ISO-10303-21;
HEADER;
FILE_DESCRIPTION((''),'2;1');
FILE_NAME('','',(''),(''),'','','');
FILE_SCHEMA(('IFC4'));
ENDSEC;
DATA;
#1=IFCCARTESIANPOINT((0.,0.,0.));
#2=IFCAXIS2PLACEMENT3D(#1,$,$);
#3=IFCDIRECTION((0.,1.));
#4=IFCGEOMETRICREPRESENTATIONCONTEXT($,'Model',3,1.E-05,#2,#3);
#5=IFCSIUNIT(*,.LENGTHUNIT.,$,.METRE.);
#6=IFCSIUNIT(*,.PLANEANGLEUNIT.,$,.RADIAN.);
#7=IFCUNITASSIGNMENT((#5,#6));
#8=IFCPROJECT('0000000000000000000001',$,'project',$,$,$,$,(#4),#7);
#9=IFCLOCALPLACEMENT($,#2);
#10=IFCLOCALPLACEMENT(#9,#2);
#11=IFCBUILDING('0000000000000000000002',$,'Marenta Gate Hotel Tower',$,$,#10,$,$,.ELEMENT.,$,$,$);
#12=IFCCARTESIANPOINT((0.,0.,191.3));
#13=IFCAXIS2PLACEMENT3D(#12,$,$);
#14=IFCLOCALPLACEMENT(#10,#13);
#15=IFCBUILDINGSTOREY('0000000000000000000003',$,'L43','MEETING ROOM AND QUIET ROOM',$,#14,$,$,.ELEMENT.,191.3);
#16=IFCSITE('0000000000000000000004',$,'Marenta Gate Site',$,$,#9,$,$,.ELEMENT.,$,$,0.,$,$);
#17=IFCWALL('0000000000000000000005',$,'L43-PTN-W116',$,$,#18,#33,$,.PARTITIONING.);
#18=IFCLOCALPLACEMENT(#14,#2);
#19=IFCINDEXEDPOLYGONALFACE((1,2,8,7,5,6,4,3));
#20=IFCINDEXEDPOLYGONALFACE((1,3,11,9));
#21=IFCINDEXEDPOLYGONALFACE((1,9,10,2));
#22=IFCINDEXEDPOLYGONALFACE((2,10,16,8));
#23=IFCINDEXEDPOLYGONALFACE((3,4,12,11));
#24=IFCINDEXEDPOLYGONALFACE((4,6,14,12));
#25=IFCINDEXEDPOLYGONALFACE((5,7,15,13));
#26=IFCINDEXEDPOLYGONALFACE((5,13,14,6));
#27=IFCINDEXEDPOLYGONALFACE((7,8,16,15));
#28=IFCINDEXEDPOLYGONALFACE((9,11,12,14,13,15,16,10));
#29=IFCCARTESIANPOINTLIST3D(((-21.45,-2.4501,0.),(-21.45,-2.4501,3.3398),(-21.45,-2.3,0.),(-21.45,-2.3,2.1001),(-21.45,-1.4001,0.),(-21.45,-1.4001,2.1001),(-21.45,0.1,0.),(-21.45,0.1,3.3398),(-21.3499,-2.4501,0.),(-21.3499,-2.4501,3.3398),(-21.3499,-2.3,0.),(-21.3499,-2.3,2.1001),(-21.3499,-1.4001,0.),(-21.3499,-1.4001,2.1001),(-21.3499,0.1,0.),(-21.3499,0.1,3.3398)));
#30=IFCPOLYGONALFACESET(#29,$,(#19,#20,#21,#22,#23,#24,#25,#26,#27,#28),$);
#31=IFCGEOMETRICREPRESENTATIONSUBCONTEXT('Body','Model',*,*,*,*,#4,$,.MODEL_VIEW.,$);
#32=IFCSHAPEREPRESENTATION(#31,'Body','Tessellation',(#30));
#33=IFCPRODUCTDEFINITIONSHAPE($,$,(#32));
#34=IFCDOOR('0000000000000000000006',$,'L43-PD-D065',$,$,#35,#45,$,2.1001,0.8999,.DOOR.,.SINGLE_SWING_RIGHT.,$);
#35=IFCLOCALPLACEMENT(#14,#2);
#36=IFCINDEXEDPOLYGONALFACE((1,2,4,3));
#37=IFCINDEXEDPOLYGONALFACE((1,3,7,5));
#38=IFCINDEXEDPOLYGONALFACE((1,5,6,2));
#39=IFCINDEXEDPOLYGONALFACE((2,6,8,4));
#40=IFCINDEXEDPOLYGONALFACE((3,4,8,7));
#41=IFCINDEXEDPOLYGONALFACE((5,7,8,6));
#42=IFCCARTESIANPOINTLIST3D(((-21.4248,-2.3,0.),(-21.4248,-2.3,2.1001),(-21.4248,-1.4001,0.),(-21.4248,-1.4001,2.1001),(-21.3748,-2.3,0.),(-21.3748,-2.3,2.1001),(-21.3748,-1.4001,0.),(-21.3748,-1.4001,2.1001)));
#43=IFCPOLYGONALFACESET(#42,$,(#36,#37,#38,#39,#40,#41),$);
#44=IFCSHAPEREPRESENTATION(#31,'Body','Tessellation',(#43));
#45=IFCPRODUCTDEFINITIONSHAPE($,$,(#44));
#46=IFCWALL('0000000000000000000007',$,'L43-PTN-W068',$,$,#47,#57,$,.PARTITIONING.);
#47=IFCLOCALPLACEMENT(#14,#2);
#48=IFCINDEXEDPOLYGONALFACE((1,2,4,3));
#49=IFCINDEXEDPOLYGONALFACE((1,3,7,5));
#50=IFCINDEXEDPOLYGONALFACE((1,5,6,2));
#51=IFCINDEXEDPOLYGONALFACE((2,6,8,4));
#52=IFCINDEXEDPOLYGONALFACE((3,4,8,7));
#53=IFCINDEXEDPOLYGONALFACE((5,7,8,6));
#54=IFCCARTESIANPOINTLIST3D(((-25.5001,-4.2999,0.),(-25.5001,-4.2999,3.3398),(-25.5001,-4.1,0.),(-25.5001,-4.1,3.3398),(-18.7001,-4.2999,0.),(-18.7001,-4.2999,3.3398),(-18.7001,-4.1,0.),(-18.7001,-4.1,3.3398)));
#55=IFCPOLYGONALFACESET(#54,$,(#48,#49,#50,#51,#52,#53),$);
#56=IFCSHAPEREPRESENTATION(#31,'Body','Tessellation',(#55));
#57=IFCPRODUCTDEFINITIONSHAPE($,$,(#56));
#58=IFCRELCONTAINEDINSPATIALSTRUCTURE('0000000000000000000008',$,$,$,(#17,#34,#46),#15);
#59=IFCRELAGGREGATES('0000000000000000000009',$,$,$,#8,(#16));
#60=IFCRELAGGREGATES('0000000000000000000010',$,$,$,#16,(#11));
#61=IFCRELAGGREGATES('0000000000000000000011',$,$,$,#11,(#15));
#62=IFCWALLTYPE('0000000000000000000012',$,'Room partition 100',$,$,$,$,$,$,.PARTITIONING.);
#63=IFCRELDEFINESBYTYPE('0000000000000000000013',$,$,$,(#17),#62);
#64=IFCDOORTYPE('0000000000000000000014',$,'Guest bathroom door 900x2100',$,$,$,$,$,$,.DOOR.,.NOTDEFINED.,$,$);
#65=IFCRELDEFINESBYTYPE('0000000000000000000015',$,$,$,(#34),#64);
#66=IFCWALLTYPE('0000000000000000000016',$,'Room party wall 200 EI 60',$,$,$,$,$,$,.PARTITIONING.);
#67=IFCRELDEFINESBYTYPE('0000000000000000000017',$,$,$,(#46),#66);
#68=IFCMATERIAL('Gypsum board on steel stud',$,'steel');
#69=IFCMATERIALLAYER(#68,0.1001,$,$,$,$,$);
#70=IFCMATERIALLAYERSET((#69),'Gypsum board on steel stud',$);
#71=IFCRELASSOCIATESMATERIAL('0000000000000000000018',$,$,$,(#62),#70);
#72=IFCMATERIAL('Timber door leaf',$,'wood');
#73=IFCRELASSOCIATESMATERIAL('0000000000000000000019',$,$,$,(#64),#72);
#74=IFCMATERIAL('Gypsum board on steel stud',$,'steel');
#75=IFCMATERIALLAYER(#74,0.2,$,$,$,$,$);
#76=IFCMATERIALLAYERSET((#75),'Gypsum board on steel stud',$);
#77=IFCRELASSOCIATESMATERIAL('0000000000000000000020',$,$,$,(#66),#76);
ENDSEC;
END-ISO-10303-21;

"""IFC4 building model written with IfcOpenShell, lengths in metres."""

from ifc_helpers import new_model, si_unit, direction, frame, frame_2d, origin, place, context, subcontext, project, spatial, rectangle, extrude, material, layer, layer_set, type_object, element, fill, save


model = new_model("IFC4")

# Units and contexts
model_context = context("Model", 3, precision=1e-05, world=origin(), true_north=direction((0.0, 1.0)))
body_context = subcontext(model_context, "Body", "Model", "MODEL_VIEW")
ifc_project = project(units=[si_unit("LENGTHUNIT", "METRE"), si_unit("PLANEANGLEUNIT", "RADIAN")], contexts=[model_context])

# Site, building, storey
site_placement = place(None, origin())
site = spatial("IfcSite", under=ifc_project, at=site_placement, Name="Marenta Gate Site", CompositionType="ELEMENT", RefElevation=0.0)
building_placement = place(site_placement, origin())
building = spatial("IfcBuilding", under=site, at=building_placement, Name="Marenta Gate Hotel Tower", CompositionType="ELEMENT")
storey_placement = place(building_placement, frame((0.0, 0.0, 191.3)))
storey = spatial("IfcBuildingStorey", under=building, at=storey_placement, Name="L43", Description="MEETING ROOM AND QUIET ROOM", CompositionType="ELEMENT", Elevation=191.3)

# Shared definitions
ifc_material_1 = material(Name="Gypsum board on steel stud", Category="steel")
ifc_layer_1 = layer(ifc_material_1, 0.1001)
ifc_layer_set_1 = layer_set([ifc_layer_1], Name="Gypsum board on steel stud")
wall_type_1 = type_object("IfcWallType", Name="Room partition 100", PredefinedType="PARTITIONING", material=ifc_layer_set_1)

# Wall, opening, door
wall_1_placement = place(storey_placement, frame((-21.3999, -2.45, 0.0), z_axis=(0.0, 0.0, 1.0), x_axis=(0.0, 1.0, 0.0)))
wall_1 = element("IfcWall", 1, at=wall_1_placement, inside=storey, type_object=wall_type_1, Name="L43-PTN-W116", PredefinedType="PARTITIONING", context=body_context, shape_type="SweptSolid", body=[
    extrude(rectangle(XDim=2.55, YDim=0.1001, at=frame_2d((1.2749, 0.0))), origin(), (0.0, 0.0, 1.0), 3.3398),
])
opening_placement = place(wall_1_placement, frame((0.1499, 0.0, 0.0)))
opening = element("IfcOpeningElement", 2, at=opening_placement, cuts=wall_1, PredefinedType="OPENING", context=body_context, shape_type="SweptSolid", body=[
    extrude(rectangle(XDim=0.8999, YDim=2.1001, at=frame_2d((0.45, 1.05))), frame((0.0, 0.05, 0.0), z_axis=(0.0, -1.0, 0.0), x_axis=(1.0, 0.0, 0.0)), (0.0, 0.0, 1.0), 0.1001),
])
ifc_material_2 = material(Name="Timber door leaf", Category="wood")
door_type = type_object("IfcDoorType", Name="Guest bathroom door 900x2100", OperationType="NOTDEFINED", PredefinedType="DOOR", material=ifc_material_2)
door_placement = place(opening_placement, origin())
door = element("IfcDoor", 3, at=door_placement, inside=storey, type_object=door_type, Name="L43-PD-D065", OperationType="SINGLE_SWING_RIGHT", OverallHeight=2.1001, OverallWidth=0.8999, PredefinedType="DOOR", context=body_context, shape_type="SweptSolid", body=[
    extrude(rectangle(XDim=0.8999, YDim=2.1001, at=frame_2d((0.45, 1.05))), frame((0.0, 0.0249, 0.0), z_axis=(0.0, -1.0, 0.0), x_axis=(1.0, 0.0, 0.0)), (0.0, 0.0, 1.0), 0.05),
])
fill(opening, door)

# Wall
ifc_material_3 = material(Name="Gypsum board on steel stud", Category="steel")
ifc_layer_2 = layer(ifc_material_3, 0.2)
ifc_layer_set_2 = layer_set([ifc_layer_2], Name="Gypsum board on steel stud")
wall_type_2 = type_object("IfcWallType", Name="Room party wall 200 EI 60", PredefinedType="PARTITIONING", material=ifc_layer_set_2)
wall_2_placement = place(storey_placement, frame((-25.5, -4.2, 0.0), z_axis=(0.0, 0.0, 1.0), x_axis=(1.0, 0.0, 0.0)))
element("IfcWall", 4, at=wall_2_placement, inside=storey, type_object=wall_type_2, Name="L43-PTN-W068", PredefinedType="PARTITIONING", context=body_context, shape_type="SweptSolid", body=[
    extrude(rectangle(XDim=6.8, YDim=0.2, at=frame_2d((3.3999, 0.0))), origin(), (0.0, 0.0, 1.0), 3.3398),
])

save(model, "model.ifc")
